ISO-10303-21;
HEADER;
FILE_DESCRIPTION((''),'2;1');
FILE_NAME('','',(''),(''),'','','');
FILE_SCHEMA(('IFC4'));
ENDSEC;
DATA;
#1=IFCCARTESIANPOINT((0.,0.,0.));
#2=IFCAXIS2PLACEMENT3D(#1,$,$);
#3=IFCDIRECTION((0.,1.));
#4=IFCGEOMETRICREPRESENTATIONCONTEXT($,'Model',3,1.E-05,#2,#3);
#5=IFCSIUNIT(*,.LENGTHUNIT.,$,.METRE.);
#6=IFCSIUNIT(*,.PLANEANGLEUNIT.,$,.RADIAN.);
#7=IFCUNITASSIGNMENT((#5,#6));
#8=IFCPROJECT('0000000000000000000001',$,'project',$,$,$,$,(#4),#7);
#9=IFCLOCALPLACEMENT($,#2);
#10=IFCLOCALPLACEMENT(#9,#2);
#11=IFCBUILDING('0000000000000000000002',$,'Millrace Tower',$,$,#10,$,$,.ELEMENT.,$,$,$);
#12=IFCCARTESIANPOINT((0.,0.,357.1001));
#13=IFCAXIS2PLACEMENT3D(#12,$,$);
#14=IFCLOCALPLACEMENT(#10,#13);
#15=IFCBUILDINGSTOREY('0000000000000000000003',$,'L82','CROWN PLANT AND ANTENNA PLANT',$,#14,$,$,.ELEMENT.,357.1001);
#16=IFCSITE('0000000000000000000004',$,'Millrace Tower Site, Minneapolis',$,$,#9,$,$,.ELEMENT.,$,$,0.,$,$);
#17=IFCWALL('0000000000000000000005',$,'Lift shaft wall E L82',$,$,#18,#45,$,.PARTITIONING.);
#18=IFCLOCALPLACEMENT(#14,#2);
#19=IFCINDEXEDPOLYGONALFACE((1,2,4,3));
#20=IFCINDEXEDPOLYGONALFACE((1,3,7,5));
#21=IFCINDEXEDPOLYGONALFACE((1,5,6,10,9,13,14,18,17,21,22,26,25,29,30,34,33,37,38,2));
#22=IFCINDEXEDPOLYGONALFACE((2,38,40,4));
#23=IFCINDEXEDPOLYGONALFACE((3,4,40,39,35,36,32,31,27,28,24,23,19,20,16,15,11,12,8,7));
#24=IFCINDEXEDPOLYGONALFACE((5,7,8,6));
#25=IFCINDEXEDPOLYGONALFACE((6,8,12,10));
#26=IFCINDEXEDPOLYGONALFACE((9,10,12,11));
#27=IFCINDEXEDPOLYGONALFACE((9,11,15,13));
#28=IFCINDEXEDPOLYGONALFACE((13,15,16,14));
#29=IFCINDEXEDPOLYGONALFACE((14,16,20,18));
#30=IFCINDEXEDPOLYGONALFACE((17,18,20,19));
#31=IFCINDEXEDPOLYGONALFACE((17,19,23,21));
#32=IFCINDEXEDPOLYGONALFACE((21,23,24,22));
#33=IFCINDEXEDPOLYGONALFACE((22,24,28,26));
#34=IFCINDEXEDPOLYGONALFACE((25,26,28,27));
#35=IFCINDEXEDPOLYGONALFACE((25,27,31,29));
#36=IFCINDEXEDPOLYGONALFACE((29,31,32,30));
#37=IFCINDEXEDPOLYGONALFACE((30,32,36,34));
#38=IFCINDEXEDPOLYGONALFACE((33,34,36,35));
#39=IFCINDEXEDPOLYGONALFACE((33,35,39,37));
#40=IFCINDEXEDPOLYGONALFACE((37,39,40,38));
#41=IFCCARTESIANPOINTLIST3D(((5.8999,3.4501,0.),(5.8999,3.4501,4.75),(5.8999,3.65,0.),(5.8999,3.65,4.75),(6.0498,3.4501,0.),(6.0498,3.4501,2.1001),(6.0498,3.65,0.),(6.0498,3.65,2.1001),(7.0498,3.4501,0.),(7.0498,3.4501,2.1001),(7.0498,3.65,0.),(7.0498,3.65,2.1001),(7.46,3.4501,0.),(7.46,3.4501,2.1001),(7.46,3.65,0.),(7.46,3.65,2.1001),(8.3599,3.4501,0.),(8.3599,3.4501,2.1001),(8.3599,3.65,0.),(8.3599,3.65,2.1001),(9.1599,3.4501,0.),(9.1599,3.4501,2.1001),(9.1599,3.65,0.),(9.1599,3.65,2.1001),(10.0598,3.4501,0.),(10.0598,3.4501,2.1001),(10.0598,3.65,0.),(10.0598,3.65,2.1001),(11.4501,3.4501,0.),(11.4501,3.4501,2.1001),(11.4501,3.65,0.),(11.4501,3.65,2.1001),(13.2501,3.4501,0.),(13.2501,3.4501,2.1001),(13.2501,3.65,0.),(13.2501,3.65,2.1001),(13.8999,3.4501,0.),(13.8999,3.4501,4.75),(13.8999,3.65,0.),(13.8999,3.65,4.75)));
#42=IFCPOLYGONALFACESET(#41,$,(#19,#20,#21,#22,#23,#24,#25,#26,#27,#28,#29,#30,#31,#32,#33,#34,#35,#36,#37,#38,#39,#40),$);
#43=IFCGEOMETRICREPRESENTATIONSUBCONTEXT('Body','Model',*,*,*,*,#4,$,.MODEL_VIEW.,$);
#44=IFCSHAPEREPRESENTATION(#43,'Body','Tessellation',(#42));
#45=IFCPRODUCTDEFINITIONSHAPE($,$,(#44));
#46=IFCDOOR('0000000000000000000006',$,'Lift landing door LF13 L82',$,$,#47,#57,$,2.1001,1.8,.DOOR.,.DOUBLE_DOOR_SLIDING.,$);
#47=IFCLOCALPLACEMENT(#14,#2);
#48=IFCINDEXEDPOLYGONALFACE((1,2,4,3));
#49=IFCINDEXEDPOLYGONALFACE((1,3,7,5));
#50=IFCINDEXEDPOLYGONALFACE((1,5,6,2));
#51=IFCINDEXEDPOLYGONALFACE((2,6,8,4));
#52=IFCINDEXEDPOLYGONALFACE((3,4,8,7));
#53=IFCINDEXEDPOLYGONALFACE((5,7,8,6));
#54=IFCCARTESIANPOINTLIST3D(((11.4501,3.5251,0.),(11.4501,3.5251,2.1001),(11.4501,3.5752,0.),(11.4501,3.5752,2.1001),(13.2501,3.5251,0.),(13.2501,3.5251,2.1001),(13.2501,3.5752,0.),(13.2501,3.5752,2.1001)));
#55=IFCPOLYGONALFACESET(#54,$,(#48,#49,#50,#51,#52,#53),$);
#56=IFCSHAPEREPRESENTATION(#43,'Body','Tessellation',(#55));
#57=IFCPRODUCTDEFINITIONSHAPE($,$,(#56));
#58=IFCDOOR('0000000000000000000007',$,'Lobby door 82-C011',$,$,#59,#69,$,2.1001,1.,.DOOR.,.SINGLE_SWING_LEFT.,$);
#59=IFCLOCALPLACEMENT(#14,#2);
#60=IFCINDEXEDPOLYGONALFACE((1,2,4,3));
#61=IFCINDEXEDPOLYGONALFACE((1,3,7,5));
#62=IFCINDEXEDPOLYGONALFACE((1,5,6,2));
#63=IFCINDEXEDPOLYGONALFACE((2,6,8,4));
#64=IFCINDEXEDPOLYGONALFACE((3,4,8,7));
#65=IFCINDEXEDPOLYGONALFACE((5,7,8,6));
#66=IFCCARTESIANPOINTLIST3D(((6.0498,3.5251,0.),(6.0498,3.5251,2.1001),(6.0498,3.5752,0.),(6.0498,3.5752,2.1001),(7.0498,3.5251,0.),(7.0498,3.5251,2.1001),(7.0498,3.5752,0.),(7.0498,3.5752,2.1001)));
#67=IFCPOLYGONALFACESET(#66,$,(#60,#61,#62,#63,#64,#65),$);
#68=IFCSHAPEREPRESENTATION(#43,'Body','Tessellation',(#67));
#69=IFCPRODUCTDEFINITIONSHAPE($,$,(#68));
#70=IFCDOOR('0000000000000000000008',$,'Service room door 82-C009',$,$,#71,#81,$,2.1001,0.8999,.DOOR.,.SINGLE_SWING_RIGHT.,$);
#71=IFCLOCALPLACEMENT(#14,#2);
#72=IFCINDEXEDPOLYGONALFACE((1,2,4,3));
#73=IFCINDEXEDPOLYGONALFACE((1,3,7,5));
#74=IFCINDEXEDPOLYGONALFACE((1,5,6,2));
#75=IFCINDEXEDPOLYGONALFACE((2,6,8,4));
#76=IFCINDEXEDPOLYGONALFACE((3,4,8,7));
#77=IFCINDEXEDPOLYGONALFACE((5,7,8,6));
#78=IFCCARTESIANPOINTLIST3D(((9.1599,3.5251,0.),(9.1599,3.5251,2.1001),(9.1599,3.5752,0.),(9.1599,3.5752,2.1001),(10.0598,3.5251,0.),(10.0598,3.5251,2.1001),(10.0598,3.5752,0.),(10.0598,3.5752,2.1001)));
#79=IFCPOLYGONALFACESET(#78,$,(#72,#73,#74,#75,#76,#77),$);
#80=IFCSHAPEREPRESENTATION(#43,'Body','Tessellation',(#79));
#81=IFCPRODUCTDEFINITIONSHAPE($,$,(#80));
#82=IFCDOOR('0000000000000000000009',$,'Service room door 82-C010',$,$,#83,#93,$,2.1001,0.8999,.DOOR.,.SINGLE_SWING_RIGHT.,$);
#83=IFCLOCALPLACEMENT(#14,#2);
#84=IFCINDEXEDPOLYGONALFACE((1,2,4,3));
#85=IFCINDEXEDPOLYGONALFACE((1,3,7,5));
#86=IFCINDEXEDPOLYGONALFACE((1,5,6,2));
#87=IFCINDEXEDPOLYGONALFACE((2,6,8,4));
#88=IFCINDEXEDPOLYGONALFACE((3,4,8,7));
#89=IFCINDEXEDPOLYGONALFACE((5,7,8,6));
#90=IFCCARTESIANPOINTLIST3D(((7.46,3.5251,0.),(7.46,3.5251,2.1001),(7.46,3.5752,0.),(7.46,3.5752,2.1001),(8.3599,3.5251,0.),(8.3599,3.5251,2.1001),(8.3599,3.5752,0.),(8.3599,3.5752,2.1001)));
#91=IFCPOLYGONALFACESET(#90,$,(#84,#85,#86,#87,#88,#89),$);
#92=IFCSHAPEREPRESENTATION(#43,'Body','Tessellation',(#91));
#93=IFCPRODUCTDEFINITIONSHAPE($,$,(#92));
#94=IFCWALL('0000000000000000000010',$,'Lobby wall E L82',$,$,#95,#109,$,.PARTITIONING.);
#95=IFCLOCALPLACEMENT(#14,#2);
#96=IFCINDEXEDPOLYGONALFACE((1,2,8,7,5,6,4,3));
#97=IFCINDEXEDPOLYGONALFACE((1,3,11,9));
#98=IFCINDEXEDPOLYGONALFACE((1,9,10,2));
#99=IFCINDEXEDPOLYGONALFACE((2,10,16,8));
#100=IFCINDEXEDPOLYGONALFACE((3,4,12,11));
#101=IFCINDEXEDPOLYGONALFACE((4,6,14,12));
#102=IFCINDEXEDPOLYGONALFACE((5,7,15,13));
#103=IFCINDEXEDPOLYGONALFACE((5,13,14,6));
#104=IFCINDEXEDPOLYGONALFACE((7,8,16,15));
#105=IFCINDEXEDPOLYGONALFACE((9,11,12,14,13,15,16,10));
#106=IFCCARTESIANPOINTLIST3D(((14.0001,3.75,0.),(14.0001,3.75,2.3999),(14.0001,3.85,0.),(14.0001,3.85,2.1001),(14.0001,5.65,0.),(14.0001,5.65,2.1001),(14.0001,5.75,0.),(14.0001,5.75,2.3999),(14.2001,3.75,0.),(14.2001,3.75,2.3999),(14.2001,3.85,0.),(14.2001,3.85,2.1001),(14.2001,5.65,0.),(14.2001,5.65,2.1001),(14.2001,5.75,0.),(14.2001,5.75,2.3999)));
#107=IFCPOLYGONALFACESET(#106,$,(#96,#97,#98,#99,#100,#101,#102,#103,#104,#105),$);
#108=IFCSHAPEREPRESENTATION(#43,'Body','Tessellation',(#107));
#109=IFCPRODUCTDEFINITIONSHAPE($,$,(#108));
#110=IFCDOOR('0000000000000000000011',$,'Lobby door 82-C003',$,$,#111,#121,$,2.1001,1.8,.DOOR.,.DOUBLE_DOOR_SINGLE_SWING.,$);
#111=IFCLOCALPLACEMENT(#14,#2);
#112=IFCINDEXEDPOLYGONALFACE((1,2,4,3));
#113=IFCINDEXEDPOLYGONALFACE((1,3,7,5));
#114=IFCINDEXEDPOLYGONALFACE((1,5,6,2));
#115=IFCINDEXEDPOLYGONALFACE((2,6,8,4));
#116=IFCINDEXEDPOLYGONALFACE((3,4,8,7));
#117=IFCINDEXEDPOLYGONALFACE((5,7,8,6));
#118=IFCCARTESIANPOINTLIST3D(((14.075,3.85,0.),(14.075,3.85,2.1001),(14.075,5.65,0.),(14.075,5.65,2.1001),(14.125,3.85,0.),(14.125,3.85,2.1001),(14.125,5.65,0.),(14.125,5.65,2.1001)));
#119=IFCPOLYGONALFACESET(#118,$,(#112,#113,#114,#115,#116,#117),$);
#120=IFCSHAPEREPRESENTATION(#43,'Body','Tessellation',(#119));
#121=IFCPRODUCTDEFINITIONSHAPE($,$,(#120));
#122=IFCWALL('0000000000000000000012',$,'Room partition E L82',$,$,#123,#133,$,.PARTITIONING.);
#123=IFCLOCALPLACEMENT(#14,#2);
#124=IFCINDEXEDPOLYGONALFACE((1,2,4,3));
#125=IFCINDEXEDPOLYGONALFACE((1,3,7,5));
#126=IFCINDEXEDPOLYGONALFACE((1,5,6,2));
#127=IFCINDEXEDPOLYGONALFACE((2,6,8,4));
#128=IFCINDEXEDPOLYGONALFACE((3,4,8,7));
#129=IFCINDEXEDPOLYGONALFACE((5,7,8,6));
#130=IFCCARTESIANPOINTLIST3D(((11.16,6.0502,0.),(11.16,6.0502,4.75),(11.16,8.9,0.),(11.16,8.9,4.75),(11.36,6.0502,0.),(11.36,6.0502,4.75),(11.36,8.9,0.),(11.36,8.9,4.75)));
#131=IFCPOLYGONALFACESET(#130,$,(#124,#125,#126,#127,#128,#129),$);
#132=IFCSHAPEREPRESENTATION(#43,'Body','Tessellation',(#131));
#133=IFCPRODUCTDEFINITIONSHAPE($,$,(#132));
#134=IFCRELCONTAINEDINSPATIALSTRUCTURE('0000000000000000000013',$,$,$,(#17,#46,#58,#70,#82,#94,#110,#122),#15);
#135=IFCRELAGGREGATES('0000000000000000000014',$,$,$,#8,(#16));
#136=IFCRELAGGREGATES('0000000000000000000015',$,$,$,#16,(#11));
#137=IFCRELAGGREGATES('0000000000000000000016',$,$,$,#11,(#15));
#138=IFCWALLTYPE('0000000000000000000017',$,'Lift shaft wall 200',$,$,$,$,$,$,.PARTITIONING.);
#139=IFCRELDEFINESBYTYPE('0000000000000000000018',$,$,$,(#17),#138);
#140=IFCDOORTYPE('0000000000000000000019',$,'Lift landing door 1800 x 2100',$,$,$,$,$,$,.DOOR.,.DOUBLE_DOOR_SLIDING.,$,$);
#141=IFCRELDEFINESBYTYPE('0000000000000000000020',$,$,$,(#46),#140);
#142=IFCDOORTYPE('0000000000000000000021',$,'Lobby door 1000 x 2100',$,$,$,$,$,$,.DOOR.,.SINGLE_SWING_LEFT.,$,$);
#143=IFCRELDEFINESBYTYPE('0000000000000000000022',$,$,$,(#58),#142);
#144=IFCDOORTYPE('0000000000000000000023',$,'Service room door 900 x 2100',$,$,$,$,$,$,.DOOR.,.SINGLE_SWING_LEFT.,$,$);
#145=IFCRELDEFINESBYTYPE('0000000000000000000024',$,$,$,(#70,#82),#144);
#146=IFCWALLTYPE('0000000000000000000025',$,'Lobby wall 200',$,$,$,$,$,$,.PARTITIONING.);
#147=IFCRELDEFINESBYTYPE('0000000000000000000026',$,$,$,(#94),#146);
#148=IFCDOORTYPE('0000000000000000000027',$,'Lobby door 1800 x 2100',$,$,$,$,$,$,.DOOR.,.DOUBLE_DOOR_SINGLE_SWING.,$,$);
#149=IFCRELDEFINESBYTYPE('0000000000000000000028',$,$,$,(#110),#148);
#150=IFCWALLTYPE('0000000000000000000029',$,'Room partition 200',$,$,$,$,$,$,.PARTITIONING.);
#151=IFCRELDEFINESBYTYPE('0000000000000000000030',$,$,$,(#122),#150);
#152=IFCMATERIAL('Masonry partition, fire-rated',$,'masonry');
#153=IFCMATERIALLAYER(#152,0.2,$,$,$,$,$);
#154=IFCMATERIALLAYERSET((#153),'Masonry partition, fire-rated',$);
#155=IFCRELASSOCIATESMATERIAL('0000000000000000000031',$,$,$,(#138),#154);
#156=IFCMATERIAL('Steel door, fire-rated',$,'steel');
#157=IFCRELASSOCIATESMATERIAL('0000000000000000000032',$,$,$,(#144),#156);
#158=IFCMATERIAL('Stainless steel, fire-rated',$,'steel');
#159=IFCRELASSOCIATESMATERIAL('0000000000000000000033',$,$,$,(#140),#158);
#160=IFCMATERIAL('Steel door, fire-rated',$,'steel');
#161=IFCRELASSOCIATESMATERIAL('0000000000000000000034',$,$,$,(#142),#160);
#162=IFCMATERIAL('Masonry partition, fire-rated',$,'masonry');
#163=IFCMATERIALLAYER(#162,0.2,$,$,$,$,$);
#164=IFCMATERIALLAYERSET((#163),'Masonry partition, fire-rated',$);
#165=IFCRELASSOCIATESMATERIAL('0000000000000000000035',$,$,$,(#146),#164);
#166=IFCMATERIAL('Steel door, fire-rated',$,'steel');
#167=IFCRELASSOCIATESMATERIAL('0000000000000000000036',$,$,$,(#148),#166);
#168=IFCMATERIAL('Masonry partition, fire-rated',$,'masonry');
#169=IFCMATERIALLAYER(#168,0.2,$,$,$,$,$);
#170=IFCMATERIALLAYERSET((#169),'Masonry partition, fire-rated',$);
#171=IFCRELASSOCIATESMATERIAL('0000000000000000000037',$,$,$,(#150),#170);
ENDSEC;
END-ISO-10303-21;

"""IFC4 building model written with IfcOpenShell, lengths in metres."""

from ifc_helpers import new_model, si_unit, direction, frame, frame_2d, origin, place, context, subcontext, project, spatial, rectangle, extrude, material, layer, layer_set, type_object, element, fill, save


model = new_model("IFC4")

# Units and contexts
model_context = context("Model", 3, precision=1e-05, world=origin(), true_north=direction((0.0, 1.0)))
body_context = subcontext(model_context, "Body", "Model", "MODEL_VIEW")
ifc_project = project(units=[si_unit("LENGTHUNIT", "METRE"), si_unit("PLANEANGLEUNIT", "RADIAN")], contexts=[model_context])

# Site, building, storey
site_placement = place(None, origin())
site = spatial("IfcSite", under=ifc_project, at=site_placement, Name="Millrace Tower Site, Minneapolis", CompositionType="ELEMENT", RefElevation=0.0)
building_placement = place(site_placement, origin())
building = spatial("IfcBuilding", under=site, at=building_placement, Name="Millrace Tower", CompositionType="ELEMENT")
storey_placement = place(building_placement, frame((0.0, 0.0, 357.1001)))
storey = spatial("IfcBuildingStorey", under=building, at=storey_placement, Name="L82", Description="CROWN PLANT AND ANTENNA PLANT", CompositionType="ELEMENT", Elevation=357.1001)

# Wall, openings, doors
ifc_material_1 = material(Name="Masonry partition, fire-rated", Category="masonry")
ifc_layer_1 = layer(ifc_material_1, 0.2)
ifc_layer_set_1 = layer_set([ifc_layer_1], Name="Masonry partition, fire-rated")
wall_type_1 = type_object("IfcWallType", Name="Lift shaft wall 200", PredefinedType="PARTITIONING", material=ifc_layer_set_1)
ifc_material_2 = material(Name="Steel door, fire-rated", Category="steel")
door_type_1 = type_object("IfcDoorType", Name="Service room door 900 x 2100", OperationType="SINGLE_SWING_LEFT", PredefinedType="DOOR", material=ifc_material_2)
wall_1_placement = place(storey_placement, frame((13.8999, 3.55, 0.0), z_axis=(0.0, 0.0, 1.0), x_axis=(-1.0, 0.0, 0.0)))
wall_1 = element("IfcWall", 1, at=wall_1_placement, inside=storey, type_object=wall_type_1, Name="Lift shaft wall E L82", PredefinedType="PARTITIONING", context=body_context, shape_type="SweptSolid", body=[
    extrude(rectangle(XDim=8.0, YDim=0.2, at=frame_2d((4.0, 0.0))), origin(), (0.0, 0.0, 1.0), 4.75),
])
opening_1_placement = place(wall_1_placement, frame((0.6499, 0.0, 0.0)))
opening_1 = element("IfcOpeningElement", 2, at=opening_1_placement, cuts=wall_1, PredefinedType="OPENING", context=body_context, shape_type="SweptSolid", body=[
    extrude(rectangle(XDim=1.8, YDim=2.1001, at=frame_2d((0.8999, 1.05))), frame((0.0, 0.1099, 0.0), z_axis=(0.0, -1.0, 0.0), x_axis=(1.0, 0.0, 0.0)), (0.0, 0.0, 1.0), 0.22),
])
opening_2_placement = place(wall_1_placement, frame((3.8401, 0.0, 0.0)))
opening_2 = element("IfcOpeningElement", 3, at=opening_2_placement, cuts=wall_1, PredefinedType="OPENING", context=body_context, shape_type="SweptSolid", body=[
    extrude(rectangle(XDim=0.8999, YDim=2.1001, at=frame_2d((0.45, 1.05))), frame((0.0, 0.1099, 0.0), z_axis=(0.0, -1.0, 0.0), x_axis=(1.0, 0.0, 0.0)), (0.0, 0.0, 1.0), 0.22),
])
opening_3_placement = place(wall_1_placement, frame((5.54, 0.0, 0.0)))
opening_3 = element("IfcOpeningElement", 4, at=opening_3_placement, cuts=wall_1, PredefinedType="OPENING", context=body_context, shape_type="SweptSolid", body=[
    extrude(rectangle(XDim=0.8999, YDim=2.1001, at=frame_2d((0.45, 1.05))), frame((0.0, 0.1099, 0.0), z_axis=(0.0, -1.0, 0.0), x_axis=(1.0, 0.0, 0.0)), (0.0, 0.0, 1.0), 0.22),
])
opening_4_placement = place(wall_1_placement, frame((6.8501, 0.0, 0.0)))
opening_4 = element("IfcOpeningElement", 5, at=opening_4_placement, cuts=wall_1, PredefinedType="OPENING", context=body_context, shape_type="SweptSolid", body=[
    extrude(rectangle(XDim=1.0, YDim=2.1001, at=frame_2d((0.5, 1.05))), frame((0.0, 0.1099, 0.0), z_axis=(0.0, -1.0, 0.0), x_axis=(1.0, 0.0, 0.0)), (0.0, 0.0, 1.0), 0.22),
])
ifc_material_3 = material(Name="Stainless steel, fire-rated", Category="steel")
door_type_2 = type_object("IfcDoorType", Name="Lift landing door 1800 x 2100", OperationType="DOUBLE_DOOR_SLIDING", PredefinedType="DOOR", material=ifc_material_3)
door_1_placement = place(opening_1_placement, origin())
door_1 = element("IfcDoor", 6, at=door_1_placement, inside=storey, type_object=door_type_2, Name="Lift landing door LF13 L82", OperationType="DOUBLE_DOOR_SLIDING", OverallHeight=2.1001, OverallWidth=1.8, PredefinedType="DOOR", context=body_context, shape_type="SweptSolid", body=[
    extrude(rectangle(XDim=1.8, YDim=2.1001, at=frame_2d((0.8999, 1.05))), frame((0.0, 0.0249, 0.0), z_axis=(0.0, -1.0, 0.0), x_axis=(1.0, 0.0, 0.0)), (0.0, 0.0, 1.0), 0.05),
])
fill(opening_1, door_1)
ifc_material_4 = material(Name="Steel door, fire-rated", Category="steel")
door_type_3 = type_object("IfcDoorType", Name="Lobby door 1000 x 2100", OperationType="SINGLE_SWING_LEFT", PredefinedType="DOOR", material=ifc_material_4)
door_2_placement = place(opening_4_placement, origin())
door_2 = element("IfcDoor", 7, at=door_2_placement, inside=storey, type_object=door_type_3, Name="Lobby door 82-C011", OperationType="SINGLE_SWING_LEFT", OverallHeight=2.1001, OverallWidth=1.0, PredefinedType="DOOR", context=body_context, shape_type="SweptSolid", body=[
    extrude(rectangle(XDim=1.0, YDim=2.1001, at=frame_2d((0.5, 1.05))), frame((0.0, 0.0249, 0.0), z_axis=(0.0, -1.0, 0.0), x_axis=(1.0, 0.0, 0.0)), (0.0, 0.0, 1.0), 0.05),
])
fill(opening_4, door_2)
door_3_placement = place(opening_2_placement, origin())
door_3 = element("IfcDoor", 8, at=door_3_placement, inside=storey, type_object=door_type_1, Name="Service room door 82-C009", OperationType="SINGLE_SWING_RIGHT", OverallHeight=2.1001, OverallWidth=0.8999, PredefinedType="DOOR", context=body_context, shape_type="SweptSolid", body=[
    extrude(rectangle(XDim=0.8999, YDim=2.1001, at=frame_2d((0.45, 1.05))), frame((0.0, 0.0249, 0.0), z_axis=(0.0, -1.0, 0.0), x_axis=(1.0, 0.0, 0.0)), (0.0, 0.0, 1.0), 0.05),
])
fill(opening_2, door_3)
door_4_placement = place(opening_3_placement, origin())
door_4 = element("IfcDoor", 9, at=door_4_placement, inside=storey, type_object=door_type_1, Name="Service room door 82-C010", OperationType="SINGLE_SWING_RIGHT", OverallHeight=2.1001, OverallWidth=0.8999, PredefinedType="DOOR", context=body_context, shape_type="SweptSolid", body=[
    extrude(rectangle(XDim=0.8999, YDim=2.1001, at=frame_2d((0.45, 1.05))), frame((0.0, 0.0249, 0.0), z_axis=(0.0, -1.0, 0.0), x_axis=(1.0, 0.0, 0.0)), (0.0, 0.0, 1.0), 0.05),
])
fill(opening_3, door_4)

# Wall, opening, door
ifc_material_5 = material(Name="Masonry partition, fire-rated", Category="masonry")
ifc_layer_2 = layer(ifc_material_5, 0.2)
ifc_layer_set_2 = layer_set([ifc_layer_2], Name="Masonry partition, fire-rated")
wall_type_2 = type_object("IfcWallType", Name="Lobby wall 200", PredefinedType="PARTITIONING", material=ifc_layer_set_2)
wall_2_placement = place(storey_placement, frame((14.1001, 5.75, 0.0), z_axis=(0.0, 0.0, 1.0), x_axis=(0.0, -1.0, 0.0)))
wall_2 = element("IfcWall", 10, at=wall_2_placement, inside=storey, type_object=wall_type_2, Name="Lobby wall E L82", PredefinedType="PARTITIONING", context=body_context, shape_type="SweptSolid", body=[
    extrude(rectangle(XDim=2.0, YDim=0.2, at=frame_2d((1.0, 0.0))), origin(), (0.0, 0.0, 1.0), 2.3999),
])
opening_5_placement = place(wall_2_placement, frame((0.1001, 0.0, 0.0)))
opening_5 = element("IfcOpeningElement", 11, at=opening_5_placement, cuts=wall_2, PredefinedType="OPENING", context=body_context, shape_type="SweptSolid", body=[
    extrude(rectangle(XDim=1.8, YDim=2.1001, at=frame_2d((0.8999, 1.05))), frame((0.0, 0.1099, 0.0), z_axis=(0.0, -1.0, 0.0), x_axis=(1.0, 0.0, 0.0)), (0.0, 0.0, 1.0), 0.22),
])
ifc_material_6 = material(Name="Steel door, fire-rated", Category="steel")
door_type_4 = type_object("IfcDoorType", Name="Lobby door 1800 x 2100", OperationType="DOUBLE_DOOR_SINGLE_SWING", PredefinedType="DOOR", material=ifc_material_6)
door_5_placement = place(opening_5_placement, origin())
door_5 = element("IfcDoor", 12, at=door_5_placement, inside=storey, type_object=door_type_4, Name="Lobby door 82-C003", OperationType="DOUBLE_DOOR_SINGLE_SWING", OverallHeight=2.1001, OverallWidth=1.8, PredefinedType="DOOR", context=body_context, shape_type="SweptSolid", body=[
    extrude(rectangle(XDim=1.8, YDim=2.1001, at=frame_2d((0.8999, 1.05))), frame((0.0, 0.0249, 0.0), z_axis=(0.0, -1.0, 0.0), x_axis=(1.0, 0.0, 0.0)), (0.0, 0.0, 1.0), 0.05),
])
fill(opening_5, door_5)

# Wall
ifc_material_7 = material(Name="Masonry partition, fire-rated", Category="masonry")
ifc_layer_3 = layer(ifc_material_7, 0.2)
ifc_layer_set_3 = layer_set([ifc_layer_3], Name="Masonry partition, fire-rated")
wall_type_3 = type_object("IfcWallType", Name="Room partition 200", PredefinedType="PARTITIONING", material=ifc_layer_set_3)
wall_3_placement = place(storey_placement, frame((11.26, 8.8999, 0.0), z_axis=(0.0, 0.0, 1.0), x_axis=(0.0, -1.0, 0.0)))
element("IfcWall", 13, at=wall_3_placement, inside=storey, type_object=wall_type_3, Name="Room partition E L82", PredefinedType="PARTITIONING", context=body_context, shape_type="SweptSolid", body=[
    extrude(rectangle(XDim=2.8499, YDim=0.2, at=frame_2d((1.4248, 0.0))), origin(), (0.0, 0.0, 1.0), 4.75),
])

save(model, "model.ifc")
